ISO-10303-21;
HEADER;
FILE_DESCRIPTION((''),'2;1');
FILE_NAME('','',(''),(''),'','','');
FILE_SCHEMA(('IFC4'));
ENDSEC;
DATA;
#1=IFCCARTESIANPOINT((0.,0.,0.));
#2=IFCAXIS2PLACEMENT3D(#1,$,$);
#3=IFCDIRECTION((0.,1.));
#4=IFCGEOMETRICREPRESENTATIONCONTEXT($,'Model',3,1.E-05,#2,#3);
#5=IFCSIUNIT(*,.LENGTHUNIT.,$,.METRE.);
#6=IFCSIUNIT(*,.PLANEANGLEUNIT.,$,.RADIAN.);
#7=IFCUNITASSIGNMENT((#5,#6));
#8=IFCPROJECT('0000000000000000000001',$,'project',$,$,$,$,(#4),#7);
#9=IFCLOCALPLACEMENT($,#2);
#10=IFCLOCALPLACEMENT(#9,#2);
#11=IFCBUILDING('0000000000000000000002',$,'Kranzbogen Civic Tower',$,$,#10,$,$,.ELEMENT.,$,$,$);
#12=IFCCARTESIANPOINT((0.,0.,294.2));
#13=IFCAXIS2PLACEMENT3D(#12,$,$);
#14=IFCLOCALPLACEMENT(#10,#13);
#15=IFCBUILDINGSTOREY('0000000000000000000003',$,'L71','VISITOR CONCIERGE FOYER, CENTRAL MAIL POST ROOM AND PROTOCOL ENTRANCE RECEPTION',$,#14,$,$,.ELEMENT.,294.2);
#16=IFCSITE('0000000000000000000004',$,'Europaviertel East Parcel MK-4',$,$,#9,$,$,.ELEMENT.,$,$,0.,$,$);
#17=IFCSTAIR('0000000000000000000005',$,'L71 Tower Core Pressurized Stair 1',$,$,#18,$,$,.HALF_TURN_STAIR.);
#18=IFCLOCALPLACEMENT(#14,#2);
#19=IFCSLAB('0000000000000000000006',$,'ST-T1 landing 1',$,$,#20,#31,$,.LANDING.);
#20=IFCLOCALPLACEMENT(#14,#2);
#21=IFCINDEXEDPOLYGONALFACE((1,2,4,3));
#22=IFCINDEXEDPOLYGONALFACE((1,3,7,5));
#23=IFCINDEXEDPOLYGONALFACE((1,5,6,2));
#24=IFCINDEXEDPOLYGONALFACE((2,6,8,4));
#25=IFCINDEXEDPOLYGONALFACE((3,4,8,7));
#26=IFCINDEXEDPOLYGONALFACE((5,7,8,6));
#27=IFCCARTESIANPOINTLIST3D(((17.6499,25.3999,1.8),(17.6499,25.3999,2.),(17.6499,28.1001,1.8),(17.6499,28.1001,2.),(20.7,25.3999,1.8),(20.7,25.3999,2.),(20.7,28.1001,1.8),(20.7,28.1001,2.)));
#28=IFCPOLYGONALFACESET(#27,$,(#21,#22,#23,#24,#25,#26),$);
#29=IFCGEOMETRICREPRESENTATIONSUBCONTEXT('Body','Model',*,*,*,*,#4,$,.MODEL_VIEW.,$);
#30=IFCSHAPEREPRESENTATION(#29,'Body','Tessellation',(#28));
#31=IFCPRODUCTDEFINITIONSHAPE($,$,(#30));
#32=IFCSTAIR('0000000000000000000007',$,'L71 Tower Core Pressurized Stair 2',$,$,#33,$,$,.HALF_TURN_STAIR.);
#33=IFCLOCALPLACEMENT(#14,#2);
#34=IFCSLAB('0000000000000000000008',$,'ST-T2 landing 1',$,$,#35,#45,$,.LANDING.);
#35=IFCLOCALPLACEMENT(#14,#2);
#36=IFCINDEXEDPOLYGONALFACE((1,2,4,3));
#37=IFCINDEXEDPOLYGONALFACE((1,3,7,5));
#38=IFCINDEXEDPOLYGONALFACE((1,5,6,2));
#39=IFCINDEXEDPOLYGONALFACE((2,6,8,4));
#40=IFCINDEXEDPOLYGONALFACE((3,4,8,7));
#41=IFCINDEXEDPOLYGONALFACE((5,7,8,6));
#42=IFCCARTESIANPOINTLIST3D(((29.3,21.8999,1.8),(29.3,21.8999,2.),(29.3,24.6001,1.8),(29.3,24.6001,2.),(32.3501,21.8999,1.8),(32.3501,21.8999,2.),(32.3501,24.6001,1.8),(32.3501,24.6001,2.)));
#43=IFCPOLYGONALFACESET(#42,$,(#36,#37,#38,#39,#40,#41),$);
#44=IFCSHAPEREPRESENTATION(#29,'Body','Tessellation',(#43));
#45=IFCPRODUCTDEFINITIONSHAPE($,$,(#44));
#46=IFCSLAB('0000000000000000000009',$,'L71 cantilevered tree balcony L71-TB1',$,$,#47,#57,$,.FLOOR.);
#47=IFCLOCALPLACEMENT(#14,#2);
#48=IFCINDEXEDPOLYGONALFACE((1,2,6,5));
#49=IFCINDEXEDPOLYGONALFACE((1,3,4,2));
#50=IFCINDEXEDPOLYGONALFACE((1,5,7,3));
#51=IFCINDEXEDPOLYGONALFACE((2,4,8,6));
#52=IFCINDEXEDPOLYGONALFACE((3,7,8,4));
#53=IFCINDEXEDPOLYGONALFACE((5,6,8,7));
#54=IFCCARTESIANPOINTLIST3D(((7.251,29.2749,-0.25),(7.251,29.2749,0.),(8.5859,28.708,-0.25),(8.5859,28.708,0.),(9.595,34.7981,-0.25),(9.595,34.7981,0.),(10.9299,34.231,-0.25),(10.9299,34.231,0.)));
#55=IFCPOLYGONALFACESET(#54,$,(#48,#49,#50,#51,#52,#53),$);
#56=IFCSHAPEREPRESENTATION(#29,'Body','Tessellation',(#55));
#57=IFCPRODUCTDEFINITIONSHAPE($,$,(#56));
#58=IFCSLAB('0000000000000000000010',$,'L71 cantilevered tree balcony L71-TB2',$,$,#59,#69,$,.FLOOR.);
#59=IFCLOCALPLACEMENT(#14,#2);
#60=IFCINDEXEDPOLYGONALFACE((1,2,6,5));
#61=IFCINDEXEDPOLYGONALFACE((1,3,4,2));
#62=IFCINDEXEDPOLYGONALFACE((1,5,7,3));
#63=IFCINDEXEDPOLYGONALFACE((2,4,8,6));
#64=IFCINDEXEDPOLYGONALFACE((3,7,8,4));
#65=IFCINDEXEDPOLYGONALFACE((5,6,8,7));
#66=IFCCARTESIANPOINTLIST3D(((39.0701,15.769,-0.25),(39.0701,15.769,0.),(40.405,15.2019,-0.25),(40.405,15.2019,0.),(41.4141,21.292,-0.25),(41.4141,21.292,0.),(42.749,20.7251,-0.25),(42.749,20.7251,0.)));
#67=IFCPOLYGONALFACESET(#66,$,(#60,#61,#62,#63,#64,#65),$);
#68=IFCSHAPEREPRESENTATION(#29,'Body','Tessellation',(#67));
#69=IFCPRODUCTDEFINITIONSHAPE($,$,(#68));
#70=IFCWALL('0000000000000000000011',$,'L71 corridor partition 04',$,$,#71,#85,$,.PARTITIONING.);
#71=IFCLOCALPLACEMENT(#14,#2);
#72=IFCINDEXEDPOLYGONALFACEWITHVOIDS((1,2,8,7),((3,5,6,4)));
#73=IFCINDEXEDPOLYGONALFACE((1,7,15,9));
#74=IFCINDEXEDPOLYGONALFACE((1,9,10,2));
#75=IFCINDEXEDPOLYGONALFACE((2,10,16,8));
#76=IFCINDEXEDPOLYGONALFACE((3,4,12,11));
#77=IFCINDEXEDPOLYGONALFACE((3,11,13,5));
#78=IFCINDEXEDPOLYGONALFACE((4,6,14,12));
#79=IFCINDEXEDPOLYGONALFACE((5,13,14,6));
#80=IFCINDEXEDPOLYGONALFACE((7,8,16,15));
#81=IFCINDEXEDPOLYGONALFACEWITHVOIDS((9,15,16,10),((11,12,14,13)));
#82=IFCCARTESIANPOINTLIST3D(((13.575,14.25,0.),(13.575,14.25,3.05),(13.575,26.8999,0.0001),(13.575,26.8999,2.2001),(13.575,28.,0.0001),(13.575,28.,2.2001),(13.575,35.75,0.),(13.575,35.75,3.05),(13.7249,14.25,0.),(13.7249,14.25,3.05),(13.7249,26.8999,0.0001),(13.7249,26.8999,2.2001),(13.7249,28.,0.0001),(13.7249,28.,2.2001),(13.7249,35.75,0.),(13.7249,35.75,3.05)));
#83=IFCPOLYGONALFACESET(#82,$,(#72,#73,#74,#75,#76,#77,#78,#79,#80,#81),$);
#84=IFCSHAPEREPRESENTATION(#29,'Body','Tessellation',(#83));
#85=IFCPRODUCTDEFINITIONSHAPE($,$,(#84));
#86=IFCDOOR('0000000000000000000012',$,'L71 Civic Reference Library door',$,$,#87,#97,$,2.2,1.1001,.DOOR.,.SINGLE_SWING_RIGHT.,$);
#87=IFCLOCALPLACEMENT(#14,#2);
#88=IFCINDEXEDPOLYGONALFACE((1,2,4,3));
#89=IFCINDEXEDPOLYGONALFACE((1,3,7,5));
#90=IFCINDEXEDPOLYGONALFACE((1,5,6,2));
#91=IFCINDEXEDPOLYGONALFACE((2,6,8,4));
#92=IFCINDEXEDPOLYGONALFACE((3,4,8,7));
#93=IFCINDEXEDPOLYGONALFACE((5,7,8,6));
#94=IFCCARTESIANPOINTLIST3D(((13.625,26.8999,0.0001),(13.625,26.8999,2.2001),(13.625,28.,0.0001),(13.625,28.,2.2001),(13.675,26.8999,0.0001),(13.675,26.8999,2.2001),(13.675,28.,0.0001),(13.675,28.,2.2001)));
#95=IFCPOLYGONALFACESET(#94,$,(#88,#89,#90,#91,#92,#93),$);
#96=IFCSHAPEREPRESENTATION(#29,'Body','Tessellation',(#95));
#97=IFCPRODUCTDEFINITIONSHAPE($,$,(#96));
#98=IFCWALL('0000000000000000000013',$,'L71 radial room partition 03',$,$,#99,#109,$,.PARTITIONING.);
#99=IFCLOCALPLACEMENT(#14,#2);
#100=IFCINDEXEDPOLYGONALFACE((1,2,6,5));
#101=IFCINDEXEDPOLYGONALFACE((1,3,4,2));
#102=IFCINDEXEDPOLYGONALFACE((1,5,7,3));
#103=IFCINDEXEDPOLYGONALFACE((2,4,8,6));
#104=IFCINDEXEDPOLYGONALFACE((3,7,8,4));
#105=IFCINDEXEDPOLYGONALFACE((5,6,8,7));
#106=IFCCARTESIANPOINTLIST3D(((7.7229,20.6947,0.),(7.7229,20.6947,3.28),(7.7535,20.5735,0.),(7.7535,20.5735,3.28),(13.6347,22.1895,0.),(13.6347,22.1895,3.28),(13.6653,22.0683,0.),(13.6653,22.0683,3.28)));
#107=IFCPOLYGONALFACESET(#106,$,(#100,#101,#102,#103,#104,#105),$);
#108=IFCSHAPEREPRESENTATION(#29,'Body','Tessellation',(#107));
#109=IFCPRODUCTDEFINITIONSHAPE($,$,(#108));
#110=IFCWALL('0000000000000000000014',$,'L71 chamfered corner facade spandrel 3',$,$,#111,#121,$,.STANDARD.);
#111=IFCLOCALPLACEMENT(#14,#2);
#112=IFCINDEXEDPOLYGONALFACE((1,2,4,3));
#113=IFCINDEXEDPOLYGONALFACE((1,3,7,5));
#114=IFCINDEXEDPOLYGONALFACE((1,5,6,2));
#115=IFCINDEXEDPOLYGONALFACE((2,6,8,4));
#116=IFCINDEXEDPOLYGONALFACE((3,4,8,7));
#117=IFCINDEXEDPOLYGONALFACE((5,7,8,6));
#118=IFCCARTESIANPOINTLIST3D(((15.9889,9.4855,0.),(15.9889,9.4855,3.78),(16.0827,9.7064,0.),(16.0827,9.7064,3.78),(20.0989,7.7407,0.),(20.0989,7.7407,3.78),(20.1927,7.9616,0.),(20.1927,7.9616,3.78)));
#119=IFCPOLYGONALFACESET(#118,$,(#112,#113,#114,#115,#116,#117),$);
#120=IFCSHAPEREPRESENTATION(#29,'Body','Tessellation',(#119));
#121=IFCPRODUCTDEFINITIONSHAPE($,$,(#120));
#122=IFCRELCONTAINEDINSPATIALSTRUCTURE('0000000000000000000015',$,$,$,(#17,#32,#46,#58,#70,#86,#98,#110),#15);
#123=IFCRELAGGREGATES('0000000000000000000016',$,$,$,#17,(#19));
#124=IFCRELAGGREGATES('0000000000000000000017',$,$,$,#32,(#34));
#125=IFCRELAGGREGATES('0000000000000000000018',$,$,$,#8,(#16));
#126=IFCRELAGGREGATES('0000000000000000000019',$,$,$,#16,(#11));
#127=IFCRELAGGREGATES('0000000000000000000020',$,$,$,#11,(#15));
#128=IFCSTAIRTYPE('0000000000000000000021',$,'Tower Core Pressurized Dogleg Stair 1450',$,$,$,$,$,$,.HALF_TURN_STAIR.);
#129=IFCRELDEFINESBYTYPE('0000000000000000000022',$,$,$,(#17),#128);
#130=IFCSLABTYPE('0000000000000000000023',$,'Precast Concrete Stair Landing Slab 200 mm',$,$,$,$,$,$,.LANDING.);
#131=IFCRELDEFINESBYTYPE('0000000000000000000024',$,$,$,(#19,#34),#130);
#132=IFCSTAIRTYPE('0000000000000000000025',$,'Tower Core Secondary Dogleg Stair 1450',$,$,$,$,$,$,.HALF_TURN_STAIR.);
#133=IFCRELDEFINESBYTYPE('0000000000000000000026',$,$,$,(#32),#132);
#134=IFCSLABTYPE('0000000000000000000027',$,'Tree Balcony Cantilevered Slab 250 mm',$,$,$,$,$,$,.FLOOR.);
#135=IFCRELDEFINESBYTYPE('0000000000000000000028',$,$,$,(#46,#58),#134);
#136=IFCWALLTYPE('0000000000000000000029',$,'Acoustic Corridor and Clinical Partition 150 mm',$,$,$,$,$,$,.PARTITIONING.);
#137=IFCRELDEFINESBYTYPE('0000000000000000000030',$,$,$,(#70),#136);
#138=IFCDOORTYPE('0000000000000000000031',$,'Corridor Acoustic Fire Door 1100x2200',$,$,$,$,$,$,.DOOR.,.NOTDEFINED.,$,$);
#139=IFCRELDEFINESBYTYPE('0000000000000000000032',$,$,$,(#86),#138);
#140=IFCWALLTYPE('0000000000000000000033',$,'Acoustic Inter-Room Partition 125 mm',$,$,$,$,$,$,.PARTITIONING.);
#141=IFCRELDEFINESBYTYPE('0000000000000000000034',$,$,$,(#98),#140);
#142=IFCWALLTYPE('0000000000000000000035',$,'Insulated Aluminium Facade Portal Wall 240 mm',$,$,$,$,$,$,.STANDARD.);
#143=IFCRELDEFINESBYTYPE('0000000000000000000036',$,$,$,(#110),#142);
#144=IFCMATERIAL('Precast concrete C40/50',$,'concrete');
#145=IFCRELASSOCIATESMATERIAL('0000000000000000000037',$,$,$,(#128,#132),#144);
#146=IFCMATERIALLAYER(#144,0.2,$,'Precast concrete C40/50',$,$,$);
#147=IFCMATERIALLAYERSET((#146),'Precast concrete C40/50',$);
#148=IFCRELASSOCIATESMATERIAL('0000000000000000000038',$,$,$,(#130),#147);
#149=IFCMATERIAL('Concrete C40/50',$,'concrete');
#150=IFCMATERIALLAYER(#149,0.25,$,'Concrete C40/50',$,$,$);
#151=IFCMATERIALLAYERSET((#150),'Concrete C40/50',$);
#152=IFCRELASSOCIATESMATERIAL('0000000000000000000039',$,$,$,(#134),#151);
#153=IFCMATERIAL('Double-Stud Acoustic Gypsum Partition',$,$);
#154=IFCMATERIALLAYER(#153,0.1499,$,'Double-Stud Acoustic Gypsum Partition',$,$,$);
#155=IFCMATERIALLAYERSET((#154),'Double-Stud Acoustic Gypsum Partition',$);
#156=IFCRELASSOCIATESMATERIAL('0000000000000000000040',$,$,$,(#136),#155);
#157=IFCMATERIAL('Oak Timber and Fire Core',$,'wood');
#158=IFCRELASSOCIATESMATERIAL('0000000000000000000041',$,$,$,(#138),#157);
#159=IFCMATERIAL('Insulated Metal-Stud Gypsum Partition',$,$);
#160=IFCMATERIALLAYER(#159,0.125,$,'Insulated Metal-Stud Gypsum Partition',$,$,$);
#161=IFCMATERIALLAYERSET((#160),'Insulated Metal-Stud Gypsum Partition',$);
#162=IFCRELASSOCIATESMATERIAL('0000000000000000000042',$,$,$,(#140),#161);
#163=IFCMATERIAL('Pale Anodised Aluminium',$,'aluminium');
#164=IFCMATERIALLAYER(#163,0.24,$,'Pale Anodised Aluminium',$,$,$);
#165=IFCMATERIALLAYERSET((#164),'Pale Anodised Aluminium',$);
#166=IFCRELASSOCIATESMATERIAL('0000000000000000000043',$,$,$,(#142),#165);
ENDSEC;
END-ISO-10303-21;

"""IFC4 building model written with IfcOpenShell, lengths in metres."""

from ifc_helpers import new_model, si_unit, direction, frame, frame_2d, origin, place, context, subcontext, project, spatial, polyline, rectangle, outline, extrude, material, layer, layer_set, type_object, element, fill, aggregate, save


model = new_model("IFC4")

# Units and contexts
model_context = context("Model", 3, precision=1e-05, world=origin(), true_north=direction((0.0, 1.0)))
body_context = subcontext(model_context, "Body", "Model", "MODEL_VIEW")
ifc_project = project(units=[si_unit("LENGTHUNIT", "METRE"), si_unit("PLANEANGLEUNIT", "RADIAN")], contexts=[model_context])

# Site, building, storey
site_placement = place(None, origin())
site = spatial("IfcSite", under=ifc_project, at=site_placement, Name="Europaviertel East Parcel MK-4", CompositionType="ELEMENT", RefElevation=0.0)
building_placement = place(site_placement, origin())
building = spatial("IfcBuilding", under=site, at=building_placement, Name="Kranzbogen Civic Tower", CompositionType="ELEMENT")
storey_placement = place(building_placement, frame((0.0, 0.0, 294.2)))
storey = spatial("IfcBuildingStorey", under=building, at=storey_placement, Name="L71", Description="VISITOR CONCIERGE FOYER, CENTRAL MAIL POST ROOM AND PROTOCOL ENTRANCE RECEPTION", CompositionType="ELEMENT", Elevation=294.2)

# Shared definitions
ifc_material_1 = material(Name="Pale Anodised Aluminium", Category="aluminium")

# Shared definitions
ifc_material_2 = material(Name="Concrete C40/50", Category="concrete")

# Stairs, slabs
ifc_material_3 = material(Name="Precast concrete C40/50", Category="concrete")
stair_type_1 = type_object("IfcStairType", Name="Tower Core Pressurized Dogleg Stair 1450", PredefinedType="HALF_TURN_STAIR", material=ifc_material_3)
stair_1_placement = place(storey_placement, origin())
stair_1 = element("IfcStair", 1, at=stair_1_placement, inside=storey, type_object=stair_type_1, Name="L71 Tower Core Pressurized Stair 1", PredefinedType="HALF_TURN_STAIR")
ifc_layer_1 = layer(ifc_material_3, 0.2, Name="Precast concrete C40/50")
ifc_layer_set_1 = layer_set([ifc_layer_1], Name="Precast concrete C40/50")
slab_type_1 = type_object("IfcSlabType", Name="Precast Concrete Stair Landing Slab 200 mm", PredefinedType="LANDING", material=ifc_layer_set_1)
slab_1_placement = place(storey_placement, frame((0.0, 0.0, 1.8)))
slab_1 = element("IfcSlab", 2, at=slab_1_placement, type_object=slab_type_1, Name="ST-T1 landing 1", PredefinedType="LANDING", context=body_context, shape_type="SweptSolid", body=[
    extrude(outline(polyline([(20.7, 25.3999), (20.7, 28.1001), (17.6499, 28.1001), (17.6499, 25.3999), (20.7, 25.3999)])), origin(), (0.0, 0.0, 1.0), 0.2),
])
aggregate(stair_1, [slab_1])
stair_type_2 = type_object("IfcStairType", Name="Tower Core Secondary Dogleg Stair 1450", PredefinedType="HALF_TURN_STAIR", material=ifc_material_3)
stair_2_placement = place(storey_placement, origin())
stair_2 = element("IfcStair", 3, at=stair_2_placement, inside=storey, type_object=stair_type_2, Name="L71 Tower Core Pressurized Stair 2", PredefinedType="HALF_TURN_STAIR")
slab_2_placement = place(storey_placement, frame((0.0, 0.0, 1.8)))
slab_2 = element("IfcSlab", 4, at=slab_2_placement, type_object=slab_type_1, Name="ST-T2 landing 1", PredefinedType="LANDING", context=body_context, shape_type="SweptSolid", body=[
    extrude(outline(polyline([(29.3, 24.6001), (29.3, 21.8999), (32.3501, 21.8999), (32.3501, 24.6001), (29.3, 24.6001)])), origin(), (0.0, 0.0, 1.0), 0.2),
])
aggregate(stair_2, [slab_2])

# Slabs
ifc_layer_2 = layer(ifc_material_2, 0.25, Name="Concrete C40/50")
ifc_layer_set_2 = layer_set([ifc_layer_2], Name="Concrete C40/50")
slab_type_2 = type_object("IfcSlabType", Name="Tree Balcony Cantilevered Slab 250 mm", PredefinedType="FLOOR", material=ifc_layer_set_2)
slab_3_placement = place(storey_placement, frame((0.0, 0.0, -0.25)))
element("IfcSlab", 5, at=slab_3_placement, inside=storey, type_object=slab_type_2, Name="L71 cantilevered tree balcony L71-TB1", PredefinedType="FLOOR", context=body_context, shape_type="SweptSolid", body=[
    extrude(outline(polyline([(10.9299, 34.231), (8.5859, 28.708), (7.251, 29.2749), (9.595, 34.7981), (10.9299, 34.231)])), origin(), (0.0, 0.0, 1.0), 0.25),
])
slab_4_placement = place(storey_placement, frame((0.0, 0.0, -0.25)))
element("IfcSlab", 6, at=slab_4_placement, inside=storey, type_object=slab_type_2, Name="L71 cantilevered tree balcony L71-TB2", PredefinedType="FLOOR", context=body_context, shape_type="SweptSolid", body=[
    extrude(outline(polyline([(39.0701, 15.769), (41.4141, 21.292), (42.749, 20.7251), (40.405, 15.2019), (39.0701, 15.769)])), origin(), (0.0, 0.0, 1.0), 0.25),
])

# Wall, opening, door
ifc_material_4 = material(Name="Double-Stud Acoustic Gypsum Partition")
ifc_layer_3 = layer(ifc_material_4, 0.1499, Name="Double-Stud Acoustic Gypsum Partition")
ifc_layer_set_3 = layer_set([ifc_layer_3], Name="Double-Stud Acoustic Gypsum Partition")
wall_type_1 = type_object("IfcWallType", Name="Acoustic Corridor and Clinical Partition 150 mm", PredefinedType="PARTITIONING", material=ifc_layer_set_3)
wall_1_placement = place(storey_placement, frame((13.6499, 14.25, 0.0), z_axis=(0.0, 0.0, 1.0), x_axis=(0.0, 1.0, 0.0)))
wall_1 = element("IfcWall", 7, at=wall_1_placement, inside=storey, type_object=wall_type_1, Name="L71 corridor partition 04", PredefinedType="PARTITIONING", context=body_context, shape_type="SweptSolid", body=[
    extrude(rectangle(XDim=21.5, YDim=0.1499, at=frame_2d((10.75, 0.0))), origin(), (0.0, 0.0, 1.0), 3.05),
])
opening_placement = place(wall_1_placement, frame((12.6499, 0.0, 0.0)))
opening = element("IfcOpeningElement", 8, at=opening_placement, cuts=wall_1, PredefinedType="OPENING", context=body_context, shape_type="SweptSolid", body=[
    extrude(rectangle(XDim=1.1001, YDim=2.2, at=frame_2d((0.55, 1.1001))), frame((0.0, 0.085, 0.0), z_axis=(0.0, -1.0, 0.0), x_axis=(1.0, 0.0, 0.0)), (0.0, 0.0, 1.0), 0.1699),
])
ifc_material_5 = material(Name="Oak Timber and Fire Core", Category="wood")
door_type = type_object("IfcDoorType", Name="Corridor Acoustic Fire Door 1100x2200", OperationType="NOTDEFINED", PredefinedType="DOOR", material=ifc_material_5)
door_placement = place(opening_placement, origin())
door = element("IfcDoor", 9, at=door_placement, inside=storey, type_object=door_type, Name="L71 Civic Reference Library door", OperationType="SINGLE_SWING_RIGHT", OverallHeight=2.2, OverallWidth=1.1001, PredefinedType="DOOR", context=body_context, shape_type="SweptSolid", body=[
    extrude(rectangle(XDim=1.1001, YDim=2.2, at=frame_2d((0.55, 1.1001))), frame((0.0, 0.0249, 0.0), z_axis=(0.0, -1.0, 0.0), x_axis=(1.0, 0.0, 0.0)), (0.0, 0.0, 1.0), 0.05),
])
fill(opening, door)

# Walls
ifc_material_6 = material(Name="Insulated Metal-Stud Gypsum Partition")
ifc_layer_4 = layer(ifc_material_6, 0.125, Name="Insulated Metal-Stud Gypsum Partition")
ifc_layer_set_4 = layer_set([ifc_layer_4], Name="Insulated Metal-Stud Gypsum Partition")
wall_type_2 = type_object("IfcWallType", Name="Acoustic Inter-Room Partition 125 mm", PredefinedType="PARTITIONING", material=ifc_layer_set_4)
wall_2_placement = place(storey_placement, frame((13.6499, 22.1289, 0.0), z_axis=(0.0, 0.0, 1.0), x_axis=(-0.969487, -0.245144, 0.0)))
element("IfcWall", 10, at=wall_2_placement, inside=storey, type_object=wall_type_2, Name="L71 radial room partition 03", PredefinedType="PARTITIONING", context=body_context, shape_type="SweptSolid", body=[
    extrude(rectangle(XDim=6.0979, YDim=0.125, at=frame_2d((3.0488, 0.0))), origin(), (0.0, 0.0, 1.0), 3.28),
])
ifc_layer_5 = layer(ifc_material_1, 0.24, Name="Pale Anodised Aluminium")
ifc_layer_set_5 = layer_set([ifc_layer_5], Name="Pale Anodised Aluminium")
wall_type_3 = type_object("IfcWallType", Name="Insulated Aluminium Facade Portal Wall 240 mm", PredefinedType="STANDARD", material=ifc_layer_set_5)
wall_3_placement = place(storey_placement, frame((16.0359, 9.5959, 0.0), z_axis=(0.0, 0.0, 1.0), x_axis=(0.920486, -0.390776, 0.0)))
element("IfcWall", 11, at=wall_3_placement, inside=storey, type_object=wall_type_3, Name="L71 chamfered corner facade spandrel 3", PredefinedType="STANDARD", context=body_context, shape_type="SweptSolid", body=[
    extrude(rectangle(XDim=4.4651, YDim=0.24, at=frame_2d((2.2324, 0.0))), origin(), (0.0, 0.0, 1.0), 3.78),
])

save(model, "model.ifc")
